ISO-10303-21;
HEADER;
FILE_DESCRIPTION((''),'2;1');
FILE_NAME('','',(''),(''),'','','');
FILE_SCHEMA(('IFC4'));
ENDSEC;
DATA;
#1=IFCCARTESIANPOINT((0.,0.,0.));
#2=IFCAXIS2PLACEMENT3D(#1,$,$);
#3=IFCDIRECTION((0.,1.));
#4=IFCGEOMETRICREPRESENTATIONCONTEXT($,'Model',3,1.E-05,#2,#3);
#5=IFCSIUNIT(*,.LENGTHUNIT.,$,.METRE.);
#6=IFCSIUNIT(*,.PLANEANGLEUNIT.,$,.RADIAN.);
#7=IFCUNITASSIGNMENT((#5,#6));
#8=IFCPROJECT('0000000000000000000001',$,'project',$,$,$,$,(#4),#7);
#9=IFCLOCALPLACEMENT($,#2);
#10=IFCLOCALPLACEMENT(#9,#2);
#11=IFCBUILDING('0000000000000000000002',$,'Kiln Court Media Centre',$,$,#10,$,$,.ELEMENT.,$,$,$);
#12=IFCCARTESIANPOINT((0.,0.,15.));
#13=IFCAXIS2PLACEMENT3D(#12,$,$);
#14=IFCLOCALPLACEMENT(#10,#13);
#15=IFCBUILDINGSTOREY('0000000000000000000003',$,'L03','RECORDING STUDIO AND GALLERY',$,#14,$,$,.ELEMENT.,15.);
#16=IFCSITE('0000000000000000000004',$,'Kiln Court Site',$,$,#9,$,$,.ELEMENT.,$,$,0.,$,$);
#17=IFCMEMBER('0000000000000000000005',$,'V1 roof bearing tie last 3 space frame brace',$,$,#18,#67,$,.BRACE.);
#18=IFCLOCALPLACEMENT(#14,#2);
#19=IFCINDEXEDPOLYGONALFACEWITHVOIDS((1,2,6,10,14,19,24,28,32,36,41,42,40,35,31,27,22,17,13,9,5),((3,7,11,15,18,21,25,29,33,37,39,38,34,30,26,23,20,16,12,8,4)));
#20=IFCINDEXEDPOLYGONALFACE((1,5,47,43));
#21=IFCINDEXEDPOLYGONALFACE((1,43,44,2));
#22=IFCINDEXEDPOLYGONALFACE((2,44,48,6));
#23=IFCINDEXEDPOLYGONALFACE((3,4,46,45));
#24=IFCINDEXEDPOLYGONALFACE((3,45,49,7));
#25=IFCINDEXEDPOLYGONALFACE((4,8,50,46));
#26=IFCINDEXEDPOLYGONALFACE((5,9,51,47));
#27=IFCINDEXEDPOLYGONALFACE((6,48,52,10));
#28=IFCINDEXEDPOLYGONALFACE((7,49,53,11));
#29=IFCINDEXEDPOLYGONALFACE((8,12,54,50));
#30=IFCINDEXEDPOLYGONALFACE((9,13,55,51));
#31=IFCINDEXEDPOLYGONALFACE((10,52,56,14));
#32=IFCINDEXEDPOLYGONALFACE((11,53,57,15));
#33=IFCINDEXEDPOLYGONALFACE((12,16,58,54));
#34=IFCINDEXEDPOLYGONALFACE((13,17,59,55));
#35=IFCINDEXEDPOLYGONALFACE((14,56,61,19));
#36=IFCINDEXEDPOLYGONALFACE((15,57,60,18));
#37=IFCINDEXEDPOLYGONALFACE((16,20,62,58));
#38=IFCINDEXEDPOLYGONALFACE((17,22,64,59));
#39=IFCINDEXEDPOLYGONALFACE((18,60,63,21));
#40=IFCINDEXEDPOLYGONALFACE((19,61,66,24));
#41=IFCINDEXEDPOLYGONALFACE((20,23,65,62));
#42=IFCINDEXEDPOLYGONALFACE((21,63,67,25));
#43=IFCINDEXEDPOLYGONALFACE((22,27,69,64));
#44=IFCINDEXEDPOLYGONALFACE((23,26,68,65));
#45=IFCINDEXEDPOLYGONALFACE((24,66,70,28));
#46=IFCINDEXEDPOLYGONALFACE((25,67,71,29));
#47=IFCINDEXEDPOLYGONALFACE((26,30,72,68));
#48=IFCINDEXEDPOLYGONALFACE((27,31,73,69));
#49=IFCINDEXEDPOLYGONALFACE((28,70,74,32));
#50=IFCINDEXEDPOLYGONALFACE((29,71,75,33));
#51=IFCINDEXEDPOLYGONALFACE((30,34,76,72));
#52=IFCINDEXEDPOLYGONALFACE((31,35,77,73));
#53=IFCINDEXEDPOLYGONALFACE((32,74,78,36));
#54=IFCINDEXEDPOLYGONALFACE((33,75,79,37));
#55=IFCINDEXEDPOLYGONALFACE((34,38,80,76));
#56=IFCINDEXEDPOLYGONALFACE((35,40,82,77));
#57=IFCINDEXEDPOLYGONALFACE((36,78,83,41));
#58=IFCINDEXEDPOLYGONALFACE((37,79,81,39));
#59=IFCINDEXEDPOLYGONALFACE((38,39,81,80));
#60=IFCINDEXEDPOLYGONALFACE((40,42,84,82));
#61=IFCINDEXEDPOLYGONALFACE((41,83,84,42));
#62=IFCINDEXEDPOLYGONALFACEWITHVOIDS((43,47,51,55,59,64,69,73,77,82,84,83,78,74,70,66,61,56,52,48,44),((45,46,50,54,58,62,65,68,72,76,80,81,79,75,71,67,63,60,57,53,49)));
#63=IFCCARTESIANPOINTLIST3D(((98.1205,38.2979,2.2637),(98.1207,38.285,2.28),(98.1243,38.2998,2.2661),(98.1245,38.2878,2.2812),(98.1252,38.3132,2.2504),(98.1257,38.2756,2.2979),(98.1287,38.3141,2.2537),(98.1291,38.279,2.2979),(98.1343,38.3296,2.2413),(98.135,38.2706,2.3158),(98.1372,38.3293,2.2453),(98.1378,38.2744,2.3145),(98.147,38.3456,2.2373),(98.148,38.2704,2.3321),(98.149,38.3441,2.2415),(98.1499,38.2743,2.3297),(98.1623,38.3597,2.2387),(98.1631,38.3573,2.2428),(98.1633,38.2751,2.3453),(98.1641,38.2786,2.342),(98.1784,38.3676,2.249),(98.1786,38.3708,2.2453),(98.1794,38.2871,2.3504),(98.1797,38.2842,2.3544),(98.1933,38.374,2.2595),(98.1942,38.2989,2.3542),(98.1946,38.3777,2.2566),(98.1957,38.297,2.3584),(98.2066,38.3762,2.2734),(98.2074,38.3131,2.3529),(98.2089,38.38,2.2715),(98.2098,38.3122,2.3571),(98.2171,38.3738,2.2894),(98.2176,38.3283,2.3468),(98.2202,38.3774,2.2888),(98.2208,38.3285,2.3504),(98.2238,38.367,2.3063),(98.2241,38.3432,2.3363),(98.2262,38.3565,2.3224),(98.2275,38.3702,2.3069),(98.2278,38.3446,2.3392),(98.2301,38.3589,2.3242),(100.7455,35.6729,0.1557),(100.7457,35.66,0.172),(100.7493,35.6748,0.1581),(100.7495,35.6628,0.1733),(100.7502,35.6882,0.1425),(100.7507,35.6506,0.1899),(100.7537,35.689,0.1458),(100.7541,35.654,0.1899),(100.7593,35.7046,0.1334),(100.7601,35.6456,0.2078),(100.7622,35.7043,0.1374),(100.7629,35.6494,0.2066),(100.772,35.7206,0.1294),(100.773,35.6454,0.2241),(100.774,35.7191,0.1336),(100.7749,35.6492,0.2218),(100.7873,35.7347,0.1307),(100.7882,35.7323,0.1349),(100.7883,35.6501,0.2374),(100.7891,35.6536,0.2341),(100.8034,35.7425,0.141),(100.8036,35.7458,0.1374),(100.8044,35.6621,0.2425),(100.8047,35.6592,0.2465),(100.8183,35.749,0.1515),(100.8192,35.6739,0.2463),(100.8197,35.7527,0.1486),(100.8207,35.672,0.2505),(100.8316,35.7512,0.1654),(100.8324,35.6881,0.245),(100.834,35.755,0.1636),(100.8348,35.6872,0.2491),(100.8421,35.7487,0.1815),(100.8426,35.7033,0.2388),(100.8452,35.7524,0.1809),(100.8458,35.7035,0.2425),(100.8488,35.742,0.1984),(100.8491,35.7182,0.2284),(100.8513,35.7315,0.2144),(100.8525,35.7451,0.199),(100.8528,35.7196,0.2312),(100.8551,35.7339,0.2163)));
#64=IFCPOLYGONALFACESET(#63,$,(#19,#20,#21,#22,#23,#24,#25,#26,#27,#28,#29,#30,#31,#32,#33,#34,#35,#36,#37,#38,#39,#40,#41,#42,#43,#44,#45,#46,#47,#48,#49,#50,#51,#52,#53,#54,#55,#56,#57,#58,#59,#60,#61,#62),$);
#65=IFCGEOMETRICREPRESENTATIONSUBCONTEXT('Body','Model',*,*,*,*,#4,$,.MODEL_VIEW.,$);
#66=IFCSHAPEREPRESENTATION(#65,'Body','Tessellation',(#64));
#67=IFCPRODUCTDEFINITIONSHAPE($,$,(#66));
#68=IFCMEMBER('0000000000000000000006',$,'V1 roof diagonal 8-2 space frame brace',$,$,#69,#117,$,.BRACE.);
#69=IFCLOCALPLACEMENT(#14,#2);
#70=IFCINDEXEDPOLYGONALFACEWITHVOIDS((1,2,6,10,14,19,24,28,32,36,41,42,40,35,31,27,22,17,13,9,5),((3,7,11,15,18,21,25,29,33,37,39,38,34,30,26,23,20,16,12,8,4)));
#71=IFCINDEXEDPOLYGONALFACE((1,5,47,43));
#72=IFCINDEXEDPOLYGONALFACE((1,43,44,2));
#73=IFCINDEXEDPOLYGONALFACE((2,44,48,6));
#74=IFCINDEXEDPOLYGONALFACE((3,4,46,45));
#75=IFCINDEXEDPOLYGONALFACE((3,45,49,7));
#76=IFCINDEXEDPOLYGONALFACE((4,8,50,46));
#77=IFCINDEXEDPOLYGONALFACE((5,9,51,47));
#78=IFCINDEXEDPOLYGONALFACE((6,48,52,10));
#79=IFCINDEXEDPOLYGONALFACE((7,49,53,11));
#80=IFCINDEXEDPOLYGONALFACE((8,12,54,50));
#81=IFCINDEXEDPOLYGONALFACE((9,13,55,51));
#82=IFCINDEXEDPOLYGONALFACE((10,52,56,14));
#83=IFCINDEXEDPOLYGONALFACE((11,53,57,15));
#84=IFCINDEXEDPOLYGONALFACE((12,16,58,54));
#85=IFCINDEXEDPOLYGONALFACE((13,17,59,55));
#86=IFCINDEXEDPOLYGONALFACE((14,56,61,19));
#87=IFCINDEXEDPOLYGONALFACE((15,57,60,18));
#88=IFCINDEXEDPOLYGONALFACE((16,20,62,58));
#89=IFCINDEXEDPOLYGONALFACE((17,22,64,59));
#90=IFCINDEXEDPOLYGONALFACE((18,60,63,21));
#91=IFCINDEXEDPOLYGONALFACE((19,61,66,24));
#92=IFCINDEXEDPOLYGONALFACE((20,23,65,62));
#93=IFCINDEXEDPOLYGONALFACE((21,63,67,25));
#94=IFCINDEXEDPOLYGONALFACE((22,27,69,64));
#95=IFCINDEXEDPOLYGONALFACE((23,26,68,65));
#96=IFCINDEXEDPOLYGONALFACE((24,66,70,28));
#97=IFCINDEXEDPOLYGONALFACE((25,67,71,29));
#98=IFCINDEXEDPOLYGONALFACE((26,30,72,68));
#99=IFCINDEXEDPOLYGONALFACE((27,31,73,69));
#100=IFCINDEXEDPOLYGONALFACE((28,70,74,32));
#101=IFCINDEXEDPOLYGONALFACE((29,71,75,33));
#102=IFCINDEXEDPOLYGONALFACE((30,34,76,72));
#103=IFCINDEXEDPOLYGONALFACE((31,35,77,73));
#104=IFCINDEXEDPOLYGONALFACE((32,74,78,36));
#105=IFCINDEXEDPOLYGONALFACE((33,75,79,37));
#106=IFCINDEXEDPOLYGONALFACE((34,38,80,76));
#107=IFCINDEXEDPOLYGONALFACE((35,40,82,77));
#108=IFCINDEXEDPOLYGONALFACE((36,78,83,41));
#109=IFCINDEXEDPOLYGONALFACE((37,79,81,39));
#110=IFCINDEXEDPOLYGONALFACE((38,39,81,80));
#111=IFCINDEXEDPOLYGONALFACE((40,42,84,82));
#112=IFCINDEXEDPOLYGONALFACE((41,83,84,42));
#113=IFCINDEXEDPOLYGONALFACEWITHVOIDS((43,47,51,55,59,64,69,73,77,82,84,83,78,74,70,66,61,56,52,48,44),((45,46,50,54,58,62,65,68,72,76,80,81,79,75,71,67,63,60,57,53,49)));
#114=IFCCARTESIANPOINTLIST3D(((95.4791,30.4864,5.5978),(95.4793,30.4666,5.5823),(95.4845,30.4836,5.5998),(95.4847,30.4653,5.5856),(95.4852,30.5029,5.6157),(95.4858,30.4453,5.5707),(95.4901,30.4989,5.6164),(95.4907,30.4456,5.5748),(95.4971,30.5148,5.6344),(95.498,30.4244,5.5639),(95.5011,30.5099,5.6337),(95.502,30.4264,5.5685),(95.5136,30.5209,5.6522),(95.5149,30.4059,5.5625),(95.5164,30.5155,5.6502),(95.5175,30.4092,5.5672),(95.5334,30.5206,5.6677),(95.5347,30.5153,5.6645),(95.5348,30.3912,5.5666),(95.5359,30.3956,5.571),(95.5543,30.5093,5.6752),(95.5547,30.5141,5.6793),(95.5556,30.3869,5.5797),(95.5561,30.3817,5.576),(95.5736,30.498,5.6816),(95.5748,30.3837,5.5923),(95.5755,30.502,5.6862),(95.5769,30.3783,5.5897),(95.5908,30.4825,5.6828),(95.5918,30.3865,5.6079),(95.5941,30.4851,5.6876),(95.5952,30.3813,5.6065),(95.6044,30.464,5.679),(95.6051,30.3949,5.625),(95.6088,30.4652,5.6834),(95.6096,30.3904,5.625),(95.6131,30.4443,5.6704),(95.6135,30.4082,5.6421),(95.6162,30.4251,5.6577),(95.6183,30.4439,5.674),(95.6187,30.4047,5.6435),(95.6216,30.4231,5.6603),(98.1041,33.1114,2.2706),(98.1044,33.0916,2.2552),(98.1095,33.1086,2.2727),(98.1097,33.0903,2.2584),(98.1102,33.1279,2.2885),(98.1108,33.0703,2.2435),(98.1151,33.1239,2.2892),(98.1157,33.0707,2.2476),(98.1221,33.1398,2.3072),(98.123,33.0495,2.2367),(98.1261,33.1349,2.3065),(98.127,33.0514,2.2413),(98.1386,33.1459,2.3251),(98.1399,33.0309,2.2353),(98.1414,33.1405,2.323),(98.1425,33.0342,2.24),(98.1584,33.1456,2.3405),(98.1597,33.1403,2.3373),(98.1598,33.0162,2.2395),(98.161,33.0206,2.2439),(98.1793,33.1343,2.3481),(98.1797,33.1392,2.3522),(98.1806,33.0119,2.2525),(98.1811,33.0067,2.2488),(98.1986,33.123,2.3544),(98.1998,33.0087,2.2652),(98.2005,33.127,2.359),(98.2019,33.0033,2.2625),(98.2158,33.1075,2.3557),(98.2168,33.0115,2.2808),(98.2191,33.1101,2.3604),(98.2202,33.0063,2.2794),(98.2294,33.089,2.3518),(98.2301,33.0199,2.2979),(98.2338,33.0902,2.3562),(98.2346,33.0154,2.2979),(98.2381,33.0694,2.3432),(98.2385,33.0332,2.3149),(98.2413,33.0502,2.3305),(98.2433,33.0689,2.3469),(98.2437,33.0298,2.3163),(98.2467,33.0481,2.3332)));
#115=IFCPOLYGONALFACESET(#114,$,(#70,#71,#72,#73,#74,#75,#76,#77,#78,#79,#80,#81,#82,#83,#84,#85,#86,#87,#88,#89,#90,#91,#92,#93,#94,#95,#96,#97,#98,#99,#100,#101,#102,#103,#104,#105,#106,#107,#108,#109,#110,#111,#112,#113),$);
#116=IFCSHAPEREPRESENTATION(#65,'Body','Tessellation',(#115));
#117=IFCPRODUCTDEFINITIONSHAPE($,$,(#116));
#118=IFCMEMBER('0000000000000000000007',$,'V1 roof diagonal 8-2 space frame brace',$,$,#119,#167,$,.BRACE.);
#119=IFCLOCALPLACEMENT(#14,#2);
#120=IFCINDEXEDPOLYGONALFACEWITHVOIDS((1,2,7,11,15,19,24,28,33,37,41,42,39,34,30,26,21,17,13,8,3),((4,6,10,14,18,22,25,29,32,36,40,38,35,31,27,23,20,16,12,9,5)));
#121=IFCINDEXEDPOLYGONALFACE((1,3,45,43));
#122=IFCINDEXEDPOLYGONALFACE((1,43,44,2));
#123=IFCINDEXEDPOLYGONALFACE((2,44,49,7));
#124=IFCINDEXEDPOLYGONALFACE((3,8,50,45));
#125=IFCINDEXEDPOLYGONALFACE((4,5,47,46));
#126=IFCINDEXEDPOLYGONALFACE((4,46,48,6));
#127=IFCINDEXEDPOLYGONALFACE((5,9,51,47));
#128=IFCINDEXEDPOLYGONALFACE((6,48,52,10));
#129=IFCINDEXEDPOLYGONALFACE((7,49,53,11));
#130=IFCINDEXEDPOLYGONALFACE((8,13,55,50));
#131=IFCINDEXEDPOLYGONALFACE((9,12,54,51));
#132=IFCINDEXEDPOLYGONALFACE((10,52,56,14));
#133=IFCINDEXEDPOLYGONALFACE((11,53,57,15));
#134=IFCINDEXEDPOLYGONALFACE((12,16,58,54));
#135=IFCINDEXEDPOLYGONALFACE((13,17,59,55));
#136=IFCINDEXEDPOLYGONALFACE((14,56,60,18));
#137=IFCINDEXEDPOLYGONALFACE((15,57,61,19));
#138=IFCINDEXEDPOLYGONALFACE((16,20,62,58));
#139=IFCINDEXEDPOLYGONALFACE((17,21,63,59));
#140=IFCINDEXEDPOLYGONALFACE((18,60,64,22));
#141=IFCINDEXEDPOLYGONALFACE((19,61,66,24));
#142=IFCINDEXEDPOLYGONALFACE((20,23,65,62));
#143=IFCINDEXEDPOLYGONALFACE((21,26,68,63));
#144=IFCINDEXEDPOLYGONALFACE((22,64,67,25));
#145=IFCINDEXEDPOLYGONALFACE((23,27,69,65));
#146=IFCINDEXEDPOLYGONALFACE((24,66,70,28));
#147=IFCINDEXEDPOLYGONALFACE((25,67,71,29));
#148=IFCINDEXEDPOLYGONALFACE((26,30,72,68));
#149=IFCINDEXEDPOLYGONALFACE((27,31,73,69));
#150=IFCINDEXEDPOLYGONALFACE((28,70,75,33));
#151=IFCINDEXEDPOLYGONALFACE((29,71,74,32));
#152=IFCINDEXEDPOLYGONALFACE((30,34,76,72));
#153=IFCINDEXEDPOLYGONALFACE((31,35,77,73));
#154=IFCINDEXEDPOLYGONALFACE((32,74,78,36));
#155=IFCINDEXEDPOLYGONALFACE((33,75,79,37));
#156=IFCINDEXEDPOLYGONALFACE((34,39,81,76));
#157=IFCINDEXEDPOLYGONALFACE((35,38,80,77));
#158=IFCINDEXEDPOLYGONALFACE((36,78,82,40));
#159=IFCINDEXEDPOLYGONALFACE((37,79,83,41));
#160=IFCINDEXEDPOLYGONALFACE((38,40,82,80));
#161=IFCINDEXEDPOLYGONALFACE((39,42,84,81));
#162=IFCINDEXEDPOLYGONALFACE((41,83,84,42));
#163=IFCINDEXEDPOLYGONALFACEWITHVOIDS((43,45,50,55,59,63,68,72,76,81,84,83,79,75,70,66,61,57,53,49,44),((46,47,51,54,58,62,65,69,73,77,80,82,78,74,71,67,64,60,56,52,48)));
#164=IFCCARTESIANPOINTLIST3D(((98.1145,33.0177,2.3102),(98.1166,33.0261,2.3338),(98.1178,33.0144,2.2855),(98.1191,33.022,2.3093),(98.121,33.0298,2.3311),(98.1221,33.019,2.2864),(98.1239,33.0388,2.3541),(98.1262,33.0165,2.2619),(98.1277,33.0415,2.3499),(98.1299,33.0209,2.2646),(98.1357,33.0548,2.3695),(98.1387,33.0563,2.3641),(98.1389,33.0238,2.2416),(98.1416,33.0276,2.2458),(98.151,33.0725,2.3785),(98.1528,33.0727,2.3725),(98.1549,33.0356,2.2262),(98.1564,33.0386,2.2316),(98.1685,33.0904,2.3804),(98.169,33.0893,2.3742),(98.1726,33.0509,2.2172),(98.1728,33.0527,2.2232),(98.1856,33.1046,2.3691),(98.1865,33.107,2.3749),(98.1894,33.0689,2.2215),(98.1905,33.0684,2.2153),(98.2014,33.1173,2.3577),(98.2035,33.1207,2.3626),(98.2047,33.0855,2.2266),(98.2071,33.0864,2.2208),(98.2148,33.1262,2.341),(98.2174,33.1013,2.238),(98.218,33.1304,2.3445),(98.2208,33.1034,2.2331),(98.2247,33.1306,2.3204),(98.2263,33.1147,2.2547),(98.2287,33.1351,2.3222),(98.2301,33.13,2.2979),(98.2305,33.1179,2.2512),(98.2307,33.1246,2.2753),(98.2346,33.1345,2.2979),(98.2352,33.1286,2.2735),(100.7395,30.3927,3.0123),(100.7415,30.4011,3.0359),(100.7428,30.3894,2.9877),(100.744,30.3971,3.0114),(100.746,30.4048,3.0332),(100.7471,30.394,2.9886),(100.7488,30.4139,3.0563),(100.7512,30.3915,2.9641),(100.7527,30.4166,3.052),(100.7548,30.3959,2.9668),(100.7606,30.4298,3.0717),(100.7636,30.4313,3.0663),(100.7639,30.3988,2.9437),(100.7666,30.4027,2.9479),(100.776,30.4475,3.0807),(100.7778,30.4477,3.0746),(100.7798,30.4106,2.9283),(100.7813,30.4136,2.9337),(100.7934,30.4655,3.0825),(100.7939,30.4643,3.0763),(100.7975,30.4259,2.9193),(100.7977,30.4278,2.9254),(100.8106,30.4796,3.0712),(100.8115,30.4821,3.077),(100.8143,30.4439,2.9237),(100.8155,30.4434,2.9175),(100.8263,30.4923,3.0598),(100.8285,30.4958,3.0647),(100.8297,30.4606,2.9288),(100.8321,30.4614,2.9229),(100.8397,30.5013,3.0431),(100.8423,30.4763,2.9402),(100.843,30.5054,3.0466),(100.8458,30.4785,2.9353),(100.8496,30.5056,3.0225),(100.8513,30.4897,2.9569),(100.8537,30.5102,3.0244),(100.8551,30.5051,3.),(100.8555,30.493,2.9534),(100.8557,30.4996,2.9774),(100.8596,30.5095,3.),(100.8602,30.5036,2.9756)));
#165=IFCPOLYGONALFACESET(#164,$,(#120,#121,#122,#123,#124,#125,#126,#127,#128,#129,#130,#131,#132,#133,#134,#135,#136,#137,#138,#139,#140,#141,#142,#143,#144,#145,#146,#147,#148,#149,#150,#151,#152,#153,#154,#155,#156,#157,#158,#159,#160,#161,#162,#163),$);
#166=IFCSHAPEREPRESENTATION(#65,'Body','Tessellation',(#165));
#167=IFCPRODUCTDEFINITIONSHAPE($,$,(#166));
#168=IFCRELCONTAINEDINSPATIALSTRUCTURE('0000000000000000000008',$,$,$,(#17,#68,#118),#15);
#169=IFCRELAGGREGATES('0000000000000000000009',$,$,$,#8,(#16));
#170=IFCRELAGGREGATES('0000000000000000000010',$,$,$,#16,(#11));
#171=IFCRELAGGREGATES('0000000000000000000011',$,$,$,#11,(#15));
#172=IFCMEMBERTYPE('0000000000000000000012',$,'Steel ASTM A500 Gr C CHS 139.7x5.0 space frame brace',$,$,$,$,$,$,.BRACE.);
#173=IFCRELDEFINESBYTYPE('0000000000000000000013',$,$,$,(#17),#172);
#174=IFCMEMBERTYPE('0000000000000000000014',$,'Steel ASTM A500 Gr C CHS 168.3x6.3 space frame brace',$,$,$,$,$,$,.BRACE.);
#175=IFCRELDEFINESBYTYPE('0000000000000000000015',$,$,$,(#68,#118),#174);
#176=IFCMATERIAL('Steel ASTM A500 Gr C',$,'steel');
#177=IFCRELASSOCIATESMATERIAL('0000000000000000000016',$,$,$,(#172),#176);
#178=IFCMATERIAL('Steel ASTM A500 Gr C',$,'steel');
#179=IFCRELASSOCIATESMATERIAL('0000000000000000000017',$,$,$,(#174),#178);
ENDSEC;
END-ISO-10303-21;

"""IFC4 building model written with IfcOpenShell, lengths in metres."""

from ifc_helpers import new_model, si_unit, direction, frame, origin, origin_2d, place, context, subcontext, project, spatial, hollow_circle, extrude, material, material_profile, profile_set, type_object, element, save


model = new_model("IFC4")

# Units and contexts
model_context = context("Model", 3, precision=1e-05, world=origin(), true_north=direction((0.0, 1.0)))
body_context = subcontext(model_context, "Body", "Model", "MODEL_VIEW")
ifc_project = project(units=[si_unit("LENGTHUNIT", "METRE"), si_unit("PLANEANGLEUNIT", "RADIAN")], contexts=[model_context])

# Site, building, storey
site_placement = place(None, origin())
site = spatial("IfcSite", under=ifc_project, at=site_placement, Name="Kiln Court Site", CompositionType="ELEMENT", RefElevation=0.0)
building_placement = place(site_placement, origin())
building = spatial("IfcBuilding", under=site, at=building_placement, Name="Kiln Court Media Centre", CompositionType="ELEMENT")
storey_placement = place(building_placement, frame((0.0, 0.0, 15.0)))
storey = spatial("IfcBuildingStorey", under=building, at=storey_placement, Name="L03", Description="RECORDING STUDIO AND GALLERY", CompositionType="ELEMENT", Elevation=15.0)

# Members
ifc_material_1 = material(Name="Steel ASTM A500 Gr C", Category="steel")
ifc_material_profile_1 = material_profile(ifc_material_1, hollow_circle(Radius=0.0698, WallThickness=0.0049, at=origin_2d()), Name="CHS 139.7x5.0")
ifc_profile_set_1 = profile_set([ifc_material_profile_1], Name="Steel ASTM A500 Gr C")
member_type_1 = type_object("IfcMemberType", Name="Steel ASTM A500 Gr C CHS 139.7x5.0 space frame brace", PredefinedType="BRACE", material=ifc_profile_set_1)
for number, where, z_axis, x_axis, name in (
    (1, (100.8, 35.7, 0.1899), (-0.614895, 0.614895, 0.493769), (-0.707107, -0.707107, 0.0), "V1 roof bearing tie last 3 space frame brace"),
):
    element("IfcMember", number, at=place(storey_placement, frame(where, z_axis=z_axis, x_axis=x_axis)), inside=storey, type_object=member_type_1, Name=name, PredefinedType="BRACE", context=body_context, shape_type="SweptSolid", body=[
        extrude(hollow_circle(Radius=0.0698, WallThickness=0.0049, at=origin_2d()), origin(), (0.0, 0.0, 1.0), 4.269),
    ])
ifc_material_2 = material(Name="Steel ASTM A500 Gr C", Category="steel")
ifc_material_profile_2 = material_profile(ifc_material_2, hollow_circle(Radius=0.0842, WallThickness=0.0063, at=origin_2d()), Name="CHS 168.3x6.3")
ifc_profile_set_2 = profile_set([ifc_material_profile_2], Name="Steel ASTM A500 Gr C")
member_type_2 = type_object("IfcMemberType", Name="Steel ASTM A500 Gr C CHS 168.3x6.3 space frame brace", PredefinedType="BRACE", material=ifc_profile_set_2)
member_1_placement = place(storey_placement, frame((98.175, 33.075, 2.2979), z_axis=(-0.52657, -0.52657, 0.667419), x_axis=(0.707107, -0.707107, 0.0)))
element("IfcMember", 2, at=member_1_placement, inside=storey, type_object=member_type_2, Name="V1 roof diagonal 8-2 space frame brace", PredefinedType="BRACE", context=body_context, shape_type="SweptSolid", body=[
    extrude(hollow_circle(Radius=0.0842, WallThickness=0.0063, at=origin_2d()), origin(), (0.0, 0.0, 1.0), 4.9851),
])
member_2_placement = place(storey_placement, frame((98.175, 33.075, 2.2979), z_axis=(0.694788, -0.694788, 0.185846), x_axis=(0.707107, 0.707107, 0.0)))
element("IfcMember", 3, at=member_2_placement, inside=storey, type_object=member_type_2, Name="V1 roof diagonal 8-2 space frame brace", PredefinedType="BRACE", context=body_context, shape_type="SweptSolid", body=[
    extrude(hollow_circle(Radius=0.0842, WallThickness=0.0063, at=origin_2d()), origin(), (0.0, 0.0, 1.0), 3.7781),
])

save(model, "model.ifc")
